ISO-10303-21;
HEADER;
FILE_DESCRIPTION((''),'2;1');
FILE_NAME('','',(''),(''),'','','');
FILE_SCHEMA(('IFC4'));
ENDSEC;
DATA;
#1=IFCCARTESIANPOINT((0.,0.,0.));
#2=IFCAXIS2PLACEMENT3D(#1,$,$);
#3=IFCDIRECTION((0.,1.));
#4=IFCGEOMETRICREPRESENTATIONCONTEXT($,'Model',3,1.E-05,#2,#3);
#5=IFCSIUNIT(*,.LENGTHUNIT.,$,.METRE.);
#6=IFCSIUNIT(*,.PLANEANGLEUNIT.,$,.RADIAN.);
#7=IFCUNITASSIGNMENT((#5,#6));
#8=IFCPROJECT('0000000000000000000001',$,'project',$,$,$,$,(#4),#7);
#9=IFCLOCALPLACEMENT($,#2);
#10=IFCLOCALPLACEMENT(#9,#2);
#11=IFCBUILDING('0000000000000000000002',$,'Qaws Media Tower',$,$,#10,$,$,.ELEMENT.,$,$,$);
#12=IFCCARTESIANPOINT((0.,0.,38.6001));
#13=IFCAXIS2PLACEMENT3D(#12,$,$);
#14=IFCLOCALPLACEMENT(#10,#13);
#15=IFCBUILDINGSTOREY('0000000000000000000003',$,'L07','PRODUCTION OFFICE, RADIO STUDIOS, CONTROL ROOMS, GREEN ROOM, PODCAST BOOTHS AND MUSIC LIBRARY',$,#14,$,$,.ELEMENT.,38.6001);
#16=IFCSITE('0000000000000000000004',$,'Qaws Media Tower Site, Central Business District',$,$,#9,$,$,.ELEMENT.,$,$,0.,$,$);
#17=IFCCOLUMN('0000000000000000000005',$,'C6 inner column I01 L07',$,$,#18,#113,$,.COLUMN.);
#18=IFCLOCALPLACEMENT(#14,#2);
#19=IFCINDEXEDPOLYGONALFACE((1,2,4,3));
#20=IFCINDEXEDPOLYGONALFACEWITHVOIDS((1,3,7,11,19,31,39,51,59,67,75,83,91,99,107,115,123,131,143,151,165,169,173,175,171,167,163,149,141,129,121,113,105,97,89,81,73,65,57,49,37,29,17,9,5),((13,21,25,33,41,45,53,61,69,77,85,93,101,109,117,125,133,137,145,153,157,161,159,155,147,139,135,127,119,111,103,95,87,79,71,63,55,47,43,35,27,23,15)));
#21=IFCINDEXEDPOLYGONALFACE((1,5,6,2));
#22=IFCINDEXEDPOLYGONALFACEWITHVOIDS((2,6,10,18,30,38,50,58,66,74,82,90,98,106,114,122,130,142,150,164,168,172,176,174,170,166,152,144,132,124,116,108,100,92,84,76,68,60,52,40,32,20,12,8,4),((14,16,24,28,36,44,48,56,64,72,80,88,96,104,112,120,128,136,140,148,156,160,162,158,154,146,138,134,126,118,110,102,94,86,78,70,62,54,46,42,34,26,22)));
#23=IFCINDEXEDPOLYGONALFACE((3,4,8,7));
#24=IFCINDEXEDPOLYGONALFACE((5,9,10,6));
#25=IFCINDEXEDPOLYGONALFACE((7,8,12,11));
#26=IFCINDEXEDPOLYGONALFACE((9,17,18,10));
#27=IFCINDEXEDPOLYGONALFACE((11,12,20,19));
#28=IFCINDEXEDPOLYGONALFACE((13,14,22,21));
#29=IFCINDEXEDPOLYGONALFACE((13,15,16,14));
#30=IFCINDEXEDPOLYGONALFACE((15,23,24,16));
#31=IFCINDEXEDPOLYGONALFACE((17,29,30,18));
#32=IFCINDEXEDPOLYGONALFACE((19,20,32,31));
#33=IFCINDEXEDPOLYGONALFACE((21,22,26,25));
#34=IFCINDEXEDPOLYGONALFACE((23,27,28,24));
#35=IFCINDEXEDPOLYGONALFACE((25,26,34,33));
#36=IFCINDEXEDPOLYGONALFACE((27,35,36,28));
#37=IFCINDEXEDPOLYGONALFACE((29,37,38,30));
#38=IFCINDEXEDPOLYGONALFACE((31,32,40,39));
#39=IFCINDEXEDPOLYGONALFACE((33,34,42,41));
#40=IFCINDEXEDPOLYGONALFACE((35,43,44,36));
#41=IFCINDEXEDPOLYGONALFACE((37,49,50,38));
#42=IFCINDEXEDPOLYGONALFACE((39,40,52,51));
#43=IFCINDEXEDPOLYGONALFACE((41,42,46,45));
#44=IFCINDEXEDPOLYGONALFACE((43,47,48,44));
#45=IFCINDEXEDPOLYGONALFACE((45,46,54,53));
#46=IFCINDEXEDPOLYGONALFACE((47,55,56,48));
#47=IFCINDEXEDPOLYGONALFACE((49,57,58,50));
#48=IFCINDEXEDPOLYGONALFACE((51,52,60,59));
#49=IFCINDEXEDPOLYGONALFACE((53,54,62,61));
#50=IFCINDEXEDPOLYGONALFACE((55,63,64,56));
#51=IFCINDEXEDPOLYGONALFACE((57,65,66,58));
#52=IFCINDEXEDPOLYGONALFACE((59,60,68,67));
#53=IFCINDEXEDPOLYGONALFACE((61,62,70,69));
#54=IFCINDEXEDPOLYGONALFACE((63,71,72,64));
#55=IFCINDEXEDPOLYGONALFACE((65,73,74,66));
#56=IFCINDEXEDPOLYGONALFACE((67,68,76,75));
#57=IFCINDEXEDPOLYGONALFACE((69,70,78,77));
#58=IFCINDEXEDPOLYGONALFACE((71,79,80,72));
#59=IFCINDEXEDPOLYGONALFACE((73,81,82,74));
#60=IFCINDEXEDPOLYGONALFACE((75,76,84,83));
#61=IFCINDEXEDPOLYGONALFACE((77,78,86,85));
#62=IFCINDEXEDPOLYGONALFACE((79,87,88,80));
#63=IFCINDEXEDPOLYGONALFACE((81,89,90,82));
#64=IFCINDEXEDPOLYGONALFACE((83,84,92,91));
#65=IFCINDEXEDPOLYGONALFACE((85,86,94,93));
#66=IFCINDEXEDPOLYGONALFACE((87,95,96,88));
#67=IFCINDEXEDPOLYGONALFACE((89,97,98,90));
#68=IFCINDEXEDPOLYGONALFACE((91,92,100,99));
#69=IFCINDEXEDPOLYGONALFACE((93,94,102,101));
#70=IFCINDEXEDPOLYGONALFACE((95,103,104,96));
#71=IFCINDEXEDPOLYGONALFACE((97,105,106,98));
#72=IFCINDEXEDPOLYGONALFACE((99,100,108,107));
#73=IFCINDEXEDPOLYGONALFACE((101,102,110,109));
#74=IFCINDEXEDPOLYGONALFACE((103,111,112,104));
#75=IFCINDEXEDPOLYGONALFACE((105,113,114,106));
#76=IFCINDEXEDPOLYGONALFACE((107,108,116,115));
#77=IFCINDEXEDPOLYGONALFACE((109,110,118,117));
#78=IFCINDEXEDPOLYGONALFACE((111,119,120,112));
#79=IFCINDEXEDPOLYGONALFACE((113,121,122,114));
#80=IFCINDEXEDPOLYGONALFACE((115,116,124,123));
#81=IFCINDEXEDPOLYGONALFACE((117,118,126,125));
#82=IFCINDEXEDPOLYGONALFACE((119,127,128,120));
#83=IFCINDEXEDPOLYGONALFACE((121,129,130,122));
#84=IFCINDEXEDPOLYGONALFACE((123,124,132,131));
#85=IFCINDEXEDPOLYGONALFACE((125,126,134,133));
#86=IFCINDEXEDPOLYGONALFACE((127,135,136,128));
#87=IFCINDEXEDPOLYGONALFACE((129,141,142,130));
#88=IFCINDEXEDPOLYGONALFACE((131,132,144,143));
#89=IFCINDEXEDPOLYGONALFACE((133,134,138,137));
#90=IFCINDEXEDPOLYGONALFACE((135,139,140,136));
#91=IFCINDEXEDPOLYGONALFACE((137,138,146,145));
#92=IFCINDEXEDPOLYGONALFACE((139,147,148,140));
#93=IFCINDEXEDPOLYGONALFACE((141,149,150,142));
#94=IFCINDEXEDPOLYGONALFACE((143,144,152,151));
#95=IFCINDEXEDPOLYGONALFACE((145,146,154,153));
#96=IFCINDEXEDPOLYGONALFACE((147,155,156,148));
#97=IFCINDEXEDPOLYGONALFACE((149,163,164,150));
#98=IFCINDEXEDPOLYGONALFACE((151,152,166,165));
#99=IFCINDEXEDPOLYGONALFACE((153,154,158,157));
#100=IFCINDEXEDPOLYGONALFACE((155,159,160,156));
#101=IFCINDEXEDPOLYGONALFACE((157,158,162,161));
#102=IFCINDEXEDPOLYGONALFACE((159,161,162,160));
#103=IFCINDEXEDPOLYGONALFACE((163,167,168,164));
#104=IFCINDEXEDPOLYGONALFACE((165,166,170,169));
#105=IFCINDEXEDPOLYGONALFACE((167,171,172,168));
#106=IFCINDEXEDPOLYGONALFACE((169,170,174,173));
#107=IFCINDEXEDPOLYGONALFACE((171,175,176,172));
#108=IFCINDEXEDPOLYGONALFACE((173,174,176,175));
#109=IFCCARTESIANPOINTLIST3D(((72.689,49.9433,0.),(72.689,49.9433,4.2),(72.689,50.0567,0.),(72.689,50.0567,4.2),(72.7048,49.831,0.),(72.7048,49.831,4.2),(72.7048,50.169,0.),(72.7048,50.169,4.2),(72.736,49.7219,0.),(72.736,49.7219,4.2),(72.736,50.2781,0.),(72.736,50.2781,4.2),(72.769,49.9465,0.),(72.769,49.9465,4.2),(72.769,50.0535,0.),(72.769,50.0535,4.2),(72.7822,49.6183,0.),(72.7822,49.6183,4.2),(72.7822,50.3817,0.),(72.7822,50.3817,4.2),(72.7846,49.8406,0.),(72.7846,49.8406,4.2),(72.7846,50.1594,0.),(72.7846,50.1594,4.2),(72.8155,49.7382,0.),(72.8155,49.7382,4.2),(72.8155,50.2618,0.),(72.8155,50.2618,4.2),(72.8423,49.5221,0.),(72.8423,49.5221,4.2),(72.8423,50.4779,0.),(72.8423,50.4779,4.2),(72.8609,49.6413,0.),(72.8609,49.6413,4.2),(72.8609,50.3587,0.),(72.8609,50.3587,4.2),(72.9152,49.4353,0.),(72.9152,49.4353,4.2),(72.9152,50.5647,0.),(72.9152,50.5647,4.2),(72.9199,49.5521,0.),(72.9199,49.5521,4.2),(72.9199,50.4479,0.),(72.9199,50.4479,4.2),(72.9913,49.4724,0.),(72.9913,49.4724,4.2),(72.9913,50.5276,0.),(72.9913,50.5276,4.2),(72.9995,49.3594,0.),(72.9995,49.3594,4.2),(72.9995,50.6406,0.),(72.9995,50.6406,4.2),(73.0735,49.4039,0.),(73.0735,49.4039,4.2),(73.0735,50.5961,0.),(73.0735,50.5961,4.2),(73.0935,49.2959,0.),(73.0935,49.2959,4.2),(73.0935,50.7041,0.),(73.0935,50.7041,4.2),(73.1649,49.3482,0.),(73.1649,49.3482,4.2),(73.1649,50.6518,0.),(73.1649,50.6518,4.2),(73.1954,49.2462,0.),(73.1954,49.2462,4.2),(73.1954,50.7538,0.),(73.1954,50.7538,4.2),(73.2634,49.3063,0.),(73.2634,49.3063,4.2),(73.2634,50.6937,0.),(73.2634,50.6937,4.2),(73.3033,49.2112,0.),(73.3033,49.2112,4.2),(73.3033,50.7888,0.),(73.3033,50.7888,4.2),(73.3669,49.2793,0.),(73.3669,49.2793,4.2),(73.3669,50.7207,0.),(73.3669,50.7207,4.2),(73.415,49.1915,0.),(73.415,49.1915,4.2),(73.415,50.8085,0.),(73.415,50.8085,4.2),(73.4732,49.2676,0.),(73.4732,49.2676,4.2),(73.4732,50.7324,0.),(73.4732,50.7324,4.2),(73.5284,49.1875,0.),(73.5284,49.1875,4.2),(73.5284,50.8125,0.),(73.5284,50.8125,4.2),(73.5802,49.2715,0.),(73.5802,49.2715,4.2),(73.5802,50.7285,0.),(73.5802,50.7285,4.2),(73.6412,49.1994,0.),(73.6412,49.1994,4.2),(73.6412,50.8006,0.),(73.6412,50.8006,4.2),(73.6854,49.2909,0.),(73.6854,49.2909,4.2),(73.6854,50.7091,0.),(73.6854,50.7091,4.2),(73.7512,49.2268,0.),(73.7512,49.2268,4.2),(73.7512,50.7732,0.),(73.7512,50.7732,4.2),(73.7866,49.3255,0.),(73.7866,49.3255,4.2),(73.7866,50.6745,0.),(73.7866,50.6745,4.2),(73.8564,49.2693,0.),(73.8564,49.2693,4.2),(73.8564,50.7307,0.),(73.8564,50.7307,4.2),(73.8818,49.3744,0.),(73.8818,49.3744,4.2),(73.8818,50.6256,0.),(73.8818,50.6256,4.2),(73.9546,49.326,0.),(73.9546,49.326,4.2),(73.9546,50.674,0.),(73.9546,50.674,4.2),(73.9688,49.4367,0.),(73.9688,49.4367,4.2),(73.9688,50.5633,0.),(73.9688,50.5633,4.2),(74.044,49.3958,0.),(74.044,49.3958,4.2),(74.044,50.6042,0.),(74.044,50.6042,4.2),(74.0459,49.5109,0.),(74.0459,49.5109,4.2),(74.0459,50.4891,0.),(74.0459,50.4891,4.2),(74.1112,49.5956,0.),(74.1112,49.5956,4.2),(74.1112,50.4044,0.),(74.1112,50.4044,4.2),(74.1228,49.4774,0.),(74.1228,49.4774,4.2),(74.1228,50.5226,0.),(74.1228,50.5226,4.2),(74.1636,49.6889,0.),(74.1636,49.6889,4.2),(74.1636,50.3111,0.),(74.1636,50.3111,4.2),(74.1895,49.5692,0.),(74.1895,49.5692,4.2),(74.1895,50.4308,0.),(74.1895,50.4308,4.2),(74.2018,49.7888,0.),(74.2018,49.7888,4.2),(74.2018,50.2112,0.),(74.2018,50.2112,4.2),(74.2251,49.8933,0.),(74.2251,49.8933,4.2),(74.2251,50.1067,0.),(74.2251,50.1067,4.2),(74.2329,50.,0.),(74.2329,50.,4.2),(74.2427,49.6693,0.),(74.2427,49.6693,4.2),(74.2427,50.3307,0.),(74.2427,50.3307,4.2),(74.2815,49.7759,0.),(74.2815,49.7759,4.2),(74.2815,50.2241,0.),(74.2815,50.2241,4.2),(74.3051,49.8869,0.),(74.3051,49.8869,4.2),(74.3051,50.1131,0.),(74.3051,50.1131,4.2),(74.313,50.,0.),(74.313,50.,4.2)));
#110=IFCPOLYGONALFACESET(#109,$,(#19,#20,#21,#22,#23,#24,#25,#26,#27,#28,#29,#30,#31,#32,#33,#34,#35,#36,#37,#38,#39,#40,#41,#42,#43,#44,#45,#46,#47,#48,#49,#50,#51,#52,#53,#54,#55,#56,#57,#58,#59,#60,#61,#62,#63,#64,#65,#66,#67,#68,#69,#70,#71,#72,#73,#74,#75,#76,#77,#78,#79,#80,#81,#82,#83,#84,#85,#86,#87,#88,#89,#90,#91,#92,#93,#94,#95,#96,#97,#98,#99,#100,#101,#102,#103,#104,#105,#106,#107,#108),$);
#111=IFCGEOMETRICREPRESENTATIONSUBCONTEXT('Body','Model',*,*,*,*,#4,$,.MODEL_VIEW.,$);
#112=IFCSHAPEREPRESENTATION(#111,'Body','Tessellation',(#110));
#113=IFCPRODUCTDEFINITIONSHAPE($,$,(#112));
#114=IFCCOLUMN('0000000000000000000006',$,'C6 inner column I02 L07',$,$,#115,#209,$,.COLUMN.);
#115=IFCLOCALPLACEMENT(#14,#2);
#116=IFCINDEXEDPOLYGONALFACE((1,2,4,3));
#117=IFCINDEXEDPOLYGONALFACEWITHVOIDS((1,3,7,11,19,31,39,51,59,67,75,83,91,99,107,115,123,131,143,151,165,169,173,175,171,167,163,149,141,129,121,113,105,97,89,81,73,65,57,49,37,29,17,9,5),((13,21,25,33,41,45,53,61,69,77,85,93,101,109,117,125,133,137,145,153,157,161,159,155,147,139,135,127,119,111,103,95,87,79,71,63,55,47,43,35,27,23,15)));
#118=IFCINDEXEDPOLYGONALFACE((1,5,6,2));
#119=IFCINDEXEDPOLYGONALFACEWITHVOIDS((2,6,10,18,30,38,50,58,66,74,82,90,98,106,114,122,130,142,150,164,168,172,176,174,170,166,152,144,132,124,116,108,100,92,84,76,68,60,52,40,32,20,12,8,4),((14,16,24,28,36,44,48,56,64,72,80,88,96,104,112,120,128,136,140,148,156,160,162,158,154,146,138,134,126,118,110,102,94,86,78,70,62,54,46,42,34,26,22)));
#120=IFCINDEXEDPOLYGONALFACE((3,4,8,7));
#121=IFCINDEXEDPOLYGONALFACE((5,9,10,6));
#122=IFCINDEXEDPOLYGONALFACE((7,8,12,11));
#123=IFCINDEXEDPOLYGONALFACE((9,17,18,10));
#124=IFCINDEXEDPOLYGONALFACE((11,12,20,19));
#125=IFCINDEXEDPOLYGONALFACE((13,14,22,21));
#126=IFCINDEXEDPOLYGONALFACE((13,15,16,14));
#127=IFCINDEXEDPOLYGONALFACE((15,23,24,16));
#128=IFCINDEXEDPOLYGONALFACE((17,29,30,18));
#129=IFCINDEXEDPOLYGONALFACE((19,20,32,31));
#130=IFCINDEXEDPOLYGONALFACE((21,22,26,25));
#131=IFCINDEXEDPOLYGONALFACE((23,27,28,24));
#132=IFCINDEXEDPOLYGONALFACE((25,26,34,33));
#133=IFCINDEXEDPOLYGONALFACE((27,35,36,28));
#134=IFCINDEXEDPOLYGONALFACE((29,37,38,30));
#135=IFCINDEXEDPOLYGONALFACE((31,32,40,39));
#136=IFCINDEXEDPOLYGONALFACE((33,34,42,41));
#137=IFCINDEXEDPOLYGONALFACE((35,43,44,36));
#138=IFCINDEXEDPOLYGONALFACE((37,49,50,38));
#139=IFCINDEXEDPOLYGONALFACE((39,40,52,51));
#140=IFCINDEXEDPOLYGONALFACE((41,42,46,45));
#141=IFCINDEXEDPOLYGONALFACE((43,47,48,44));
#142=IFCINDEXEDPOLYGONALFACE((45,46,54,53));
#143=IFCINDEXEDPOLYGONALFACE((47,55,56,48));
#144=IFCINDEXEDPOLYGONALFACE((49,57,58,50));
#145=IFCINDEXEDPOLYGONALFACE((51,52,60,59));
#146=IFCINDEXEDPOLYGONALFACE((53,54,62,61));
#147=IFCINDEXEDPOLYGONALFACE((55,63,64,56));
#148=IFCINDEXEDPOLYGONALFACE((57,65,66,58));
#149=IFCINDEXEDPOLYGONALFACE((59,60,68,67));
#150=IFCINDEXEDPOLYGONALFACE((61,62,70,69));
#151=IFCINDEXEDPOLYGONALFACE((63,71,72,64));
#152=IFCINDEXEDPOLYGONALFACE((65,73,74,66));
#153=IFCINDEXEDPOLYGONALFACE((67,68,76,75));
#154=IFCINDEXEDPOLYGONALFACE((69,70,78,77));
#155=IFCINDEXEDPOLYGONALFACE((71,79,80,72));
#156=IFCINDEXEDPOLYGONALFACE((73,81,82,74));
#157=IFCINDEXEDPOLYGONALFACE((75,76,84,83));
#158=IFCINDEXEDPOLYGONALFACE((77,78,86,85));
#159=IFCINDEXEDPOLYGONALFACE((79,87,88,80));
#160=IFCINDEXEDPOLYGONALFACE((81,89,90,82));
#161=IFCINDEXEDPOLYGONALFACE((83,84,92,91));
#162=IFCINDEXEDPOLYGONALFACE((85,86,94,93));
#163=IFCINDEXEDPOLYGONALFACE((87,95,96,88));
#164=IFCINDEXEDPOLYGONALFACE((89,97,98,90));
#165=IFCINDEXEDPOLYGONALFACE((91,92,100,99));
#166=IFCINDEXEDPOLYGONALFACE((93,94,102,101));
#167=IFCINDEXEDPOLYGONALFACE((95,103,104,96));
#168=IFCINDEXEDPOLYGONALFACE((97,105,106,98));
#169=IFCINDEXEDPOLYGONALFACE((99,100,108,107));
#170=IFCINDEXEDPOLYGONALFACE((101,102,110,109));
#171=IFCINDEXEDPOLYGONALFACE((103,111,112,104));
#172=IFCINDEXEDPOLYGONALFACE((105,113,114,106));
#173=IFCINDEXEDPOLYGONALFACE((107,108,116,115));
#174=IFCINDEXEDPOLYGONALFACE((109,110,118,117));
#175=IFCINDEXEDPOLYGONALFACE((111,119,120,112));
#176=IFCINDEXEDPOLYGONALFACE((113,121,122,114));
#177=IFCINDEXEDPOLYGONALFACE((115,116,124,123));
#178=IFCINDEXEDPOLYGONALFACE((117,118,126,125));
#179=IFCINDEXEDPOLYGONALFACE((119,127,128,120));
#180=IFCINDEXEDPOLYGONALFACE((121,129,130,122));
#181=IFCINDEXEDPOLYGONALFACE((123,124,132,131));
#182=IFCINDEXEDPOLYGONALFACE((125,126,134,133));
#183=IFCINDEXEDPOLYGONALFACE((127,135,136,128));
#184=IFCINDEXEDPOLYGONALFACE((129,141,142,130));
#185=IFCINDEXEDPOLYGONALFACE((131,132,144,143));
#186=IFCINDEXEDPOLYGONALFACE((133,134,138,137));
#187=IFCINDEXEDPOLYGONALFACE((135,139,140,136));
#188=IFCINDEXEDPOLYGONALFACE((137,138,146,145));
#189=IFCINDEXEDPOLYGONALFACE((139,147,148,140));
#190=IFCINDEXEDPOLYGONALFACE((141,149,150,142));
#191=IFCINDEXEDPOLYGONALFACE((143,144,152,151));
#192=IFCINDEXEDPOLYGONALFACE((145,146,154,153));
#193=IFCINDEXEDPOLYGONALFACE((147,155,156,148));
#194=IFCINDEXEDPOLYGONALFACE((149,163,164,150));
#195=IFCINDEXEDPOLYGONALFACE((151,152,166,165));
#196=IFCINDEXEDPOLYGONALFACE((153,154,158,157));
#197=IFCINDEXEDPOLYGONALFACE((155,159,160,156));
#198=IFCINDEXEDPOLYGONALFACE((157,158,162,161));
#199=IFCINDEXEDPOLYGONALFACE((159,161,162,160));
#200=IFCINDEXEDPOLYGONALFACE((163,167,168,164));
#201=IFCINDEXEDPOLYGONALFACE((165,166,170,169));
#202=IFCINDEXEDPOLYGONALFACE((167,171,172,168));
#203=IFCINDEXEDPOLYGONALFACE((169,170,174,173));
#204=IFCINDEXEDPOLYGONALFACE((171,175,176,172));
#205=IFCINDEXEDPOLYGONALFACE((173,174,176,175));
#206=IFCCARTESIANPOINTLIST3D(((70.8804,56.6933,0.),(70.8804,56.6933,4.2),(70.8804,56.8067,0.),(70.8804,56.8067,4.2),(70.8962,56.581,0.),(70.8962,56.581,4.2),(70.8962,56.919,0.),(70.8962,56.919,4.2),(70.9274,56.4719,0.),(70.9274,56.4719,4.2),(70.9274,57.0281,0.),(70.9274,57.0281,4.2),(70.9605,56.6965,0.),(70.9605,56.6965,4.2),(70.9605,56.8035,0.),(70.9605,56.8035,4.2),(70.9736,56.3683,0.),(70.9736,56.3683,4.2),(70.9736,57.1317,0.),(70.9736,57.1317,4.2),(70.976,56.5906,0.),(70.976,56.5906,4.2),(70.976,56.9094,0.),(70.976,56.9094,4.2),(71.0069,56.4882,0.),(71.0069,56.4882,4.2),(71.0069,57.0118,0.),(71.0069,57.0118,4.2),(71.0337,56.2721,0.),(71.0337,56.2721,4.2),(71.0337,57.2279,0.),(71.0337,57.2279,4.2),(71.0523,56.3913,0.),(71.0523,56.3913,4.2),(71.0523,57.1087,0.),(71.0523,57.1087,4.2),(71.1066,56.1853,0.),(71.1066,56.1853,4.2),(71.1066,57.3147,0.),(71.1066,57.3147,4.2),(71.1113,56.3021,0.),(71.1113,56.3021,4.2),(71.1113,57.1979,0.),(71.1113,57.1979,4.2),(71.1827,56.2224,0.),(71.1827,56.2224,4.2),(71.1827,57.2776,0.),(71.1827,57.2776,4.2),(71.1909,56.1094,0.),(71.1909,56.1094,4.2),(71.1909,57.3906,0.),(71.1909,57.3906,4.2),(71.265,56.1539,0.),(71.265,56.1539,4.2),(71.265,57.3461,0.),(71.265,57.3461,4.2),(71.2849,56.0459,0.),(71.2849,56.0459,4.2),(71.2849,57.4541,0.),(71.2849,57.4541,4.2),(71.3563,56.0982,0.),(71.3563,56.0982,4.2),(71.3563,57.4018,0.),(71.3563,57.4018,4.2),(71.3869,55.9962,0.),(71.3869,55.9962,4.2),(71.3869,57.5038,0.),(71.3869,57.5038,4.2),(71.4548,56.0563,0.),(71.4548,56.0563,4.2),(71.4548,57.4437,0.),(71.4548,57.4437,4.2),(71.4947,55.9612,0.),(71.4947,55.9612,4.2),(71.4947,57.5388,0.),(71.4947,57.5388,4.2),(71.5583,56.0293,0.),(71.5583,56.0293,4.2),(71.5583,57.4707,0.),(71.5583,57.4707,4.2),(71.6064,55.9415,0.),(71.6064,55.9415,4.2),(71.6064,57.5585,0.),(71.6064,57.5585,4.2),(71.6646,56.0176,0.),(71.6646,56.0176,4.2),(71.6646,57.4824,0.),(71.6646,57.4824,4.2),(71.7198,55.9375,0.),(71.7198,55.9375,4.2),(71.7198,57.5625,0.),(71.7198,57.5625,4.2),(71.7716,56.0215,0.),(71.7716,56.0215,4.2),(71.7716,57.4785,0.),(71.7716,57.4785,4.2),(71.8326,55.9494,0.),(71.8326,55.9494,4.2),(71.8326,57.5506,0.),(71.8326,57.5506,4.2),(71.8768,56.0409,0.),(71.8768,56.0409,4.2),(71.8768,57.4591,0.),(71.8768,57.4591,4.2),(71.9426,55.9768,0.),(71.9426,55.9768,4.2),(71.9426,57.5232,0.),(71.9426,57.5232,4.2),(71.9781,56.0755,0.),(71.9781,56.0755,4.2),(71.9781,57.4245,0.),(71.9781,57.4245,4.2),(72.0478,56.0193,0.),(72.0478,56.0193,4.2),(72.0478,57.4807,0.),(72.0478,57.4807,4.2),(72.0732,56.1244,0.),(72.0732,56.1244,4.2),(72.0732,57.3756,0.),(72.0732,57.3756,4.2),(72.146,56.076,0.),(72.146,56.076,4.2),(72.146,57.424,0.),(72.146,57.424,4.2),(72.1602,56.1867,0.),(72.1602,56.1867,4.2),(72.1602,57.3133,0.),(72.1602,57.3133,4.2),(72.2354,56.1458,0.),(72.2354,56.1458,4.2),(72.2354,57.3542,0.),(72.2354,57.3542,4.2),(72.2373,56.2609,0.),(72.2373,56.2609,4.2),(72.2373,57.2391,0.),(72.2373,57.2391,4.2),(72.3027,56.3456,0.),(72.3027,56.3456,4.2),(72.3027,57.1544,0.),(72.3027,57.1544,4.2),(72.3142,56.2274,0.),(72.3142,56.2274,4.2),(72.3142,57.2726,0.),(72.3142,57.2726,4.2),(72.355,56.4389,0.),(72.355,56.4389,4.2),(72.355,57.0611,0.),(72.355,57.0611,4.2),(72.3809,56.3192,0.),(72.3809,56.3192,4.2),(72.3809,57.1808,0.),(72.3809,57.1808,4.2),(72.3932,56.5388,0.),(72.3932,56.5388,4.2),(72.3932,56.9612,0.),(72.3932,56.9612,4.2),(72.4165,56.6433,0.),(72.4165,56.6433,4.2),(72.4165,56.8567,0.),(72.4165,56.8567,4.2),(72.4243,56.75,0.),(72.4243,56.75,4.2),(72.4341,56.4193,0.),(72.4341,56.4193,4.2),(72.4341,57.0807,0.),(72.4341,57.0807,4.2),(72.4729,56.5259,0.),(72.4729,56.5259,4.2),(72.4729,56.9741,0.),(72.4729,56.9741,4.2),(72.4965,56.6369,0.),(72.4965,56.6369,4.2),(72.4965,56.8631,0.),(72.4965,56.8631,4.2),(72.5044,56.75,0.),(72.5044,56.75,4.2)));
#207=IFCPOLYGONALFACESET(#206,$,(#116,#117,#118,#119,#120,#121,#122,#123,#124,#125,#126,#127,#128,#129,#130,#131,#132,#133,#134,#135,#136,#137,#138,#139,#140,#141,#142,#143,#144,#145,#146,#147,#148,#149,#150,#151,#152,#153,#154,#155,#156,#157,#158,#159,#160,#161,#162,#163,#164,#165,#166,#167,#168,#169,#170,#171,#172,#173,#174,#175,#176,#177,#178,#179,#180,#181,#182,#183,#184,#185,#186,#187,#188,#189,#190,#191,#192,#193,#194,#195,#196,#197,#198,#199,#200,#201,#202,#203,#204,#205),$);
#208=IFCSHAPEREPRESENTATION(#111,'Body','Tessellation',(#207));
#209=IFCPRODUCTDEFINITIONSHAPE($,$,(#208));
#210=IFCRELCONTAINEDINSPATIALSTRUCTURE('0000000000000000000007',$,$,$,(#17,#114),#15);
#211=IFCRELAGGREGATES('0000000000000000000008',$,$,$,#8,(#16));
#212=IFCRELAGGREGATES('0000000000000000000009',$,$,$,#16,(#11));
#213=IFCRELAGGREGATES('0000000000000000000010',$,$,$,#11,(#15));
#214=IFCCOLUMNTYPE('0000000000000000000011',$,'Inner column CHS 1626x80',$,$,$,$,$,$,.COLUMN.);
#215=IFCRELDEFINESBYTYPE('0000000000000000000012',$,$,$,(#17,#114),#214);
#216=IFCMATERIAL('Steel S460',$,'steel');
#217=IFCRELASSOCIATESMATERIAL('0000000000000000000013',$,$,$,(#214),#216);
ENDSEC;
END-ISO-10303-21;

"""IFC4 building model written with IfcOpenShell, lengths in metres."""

from ifc_helpers import new_model, si_unit, direction, frame, origin, origin_2d, place, context, subcontext, project, spatial, hollow_circle, extrude, material, material_profile, profile_set, type_object, element, save


model = new_model("IFC4")

# Units and contexts
model_context = context("Model", 3, precision=1e-05, world=origin(), true_north=direction((0.0, 1.0)))
body_context = subcontext(model_context, "Body", "Model", "MODEL_VIEW")
ifc_project = project(units=[si_unit("LENGTHUNIT", "METRE"), si_unit("PLANEANGLEUNIT", "RADIAN")], contexts=[model_context])

# Site, building, storey
site_placement = place(None, origin())
site = spatial("IfcSite", under=ifc_project, at=site_placement, Name="Qaws Media Tower Site, Central Business District", CompositionType="ELEMENT", RefElevation=0.0)
building_placement = place(site_placement, origin())
building = spatial("IfcBuilding", under=site, at=building_placement, Name="Qaws Media Tower", CompositionType="ELEMENT")
storey_placement = place(building_placement, frame((0.0, 0.0, 38.6001)))
storey = spatial("IfcBuildingStorey", under=building, at=storey_placement, Name="L07", Description="PRODUCTION OFFICE, RADIO STUDIOS, CONTROL ROOMS, GREEN ROOM, PODCAST BOOTHS AND MUSIC LIBRARY", CompositionType="ELEMENT", Elevation=38.6001)

# Columns
ifc_material_1 = material(Name="Steel S460", Category="steel")
ifc_material_profile_1 = material_profile(ifc_material_1, hollow_circle(Radius=0.813, WallThickness=0.0801, at=origin_2d()), Name="CHS 1626x80")
ifc_profile_set_1 = profile_set([ifc_material_profile_1], Name="Steel S460")
column_type = type_object("IfcColumnType", Name="Inner column CHS 1626x80", PredefinedType="COLUMN", material=ifc_profile_set_1)
for number, where, z_axis, x_axis, name in (
    (1, (73.5, 50.0, 0.0), (0.0, 0.0, 1.0), (1.0, 0.0, 0.0), "C6 inner column I01 L07"),
    (2, (71.6914, 56.75, 0.0), (0.0, 0.0, 1.0), (1.0, 0.0, 0.0), "C6 inner column I02 L07"),
):
    element("IfcColumn", number, at=place(storey_placement, frame(where, z_axis=z_axis, x_axis=x_axis)), inside=storey, type_object=column_type, Name=name, PredefinedType="COLUMN", context=body_context, shape_type="SweptSolid", body=[
        extrude(hollow_circle(Radius=0.813, WallThickness=0.0801, at=origin_2d()), origin(), (0.0, 0.0, 1.0), 4.2),
    ])

save(model, "model.ifc")
